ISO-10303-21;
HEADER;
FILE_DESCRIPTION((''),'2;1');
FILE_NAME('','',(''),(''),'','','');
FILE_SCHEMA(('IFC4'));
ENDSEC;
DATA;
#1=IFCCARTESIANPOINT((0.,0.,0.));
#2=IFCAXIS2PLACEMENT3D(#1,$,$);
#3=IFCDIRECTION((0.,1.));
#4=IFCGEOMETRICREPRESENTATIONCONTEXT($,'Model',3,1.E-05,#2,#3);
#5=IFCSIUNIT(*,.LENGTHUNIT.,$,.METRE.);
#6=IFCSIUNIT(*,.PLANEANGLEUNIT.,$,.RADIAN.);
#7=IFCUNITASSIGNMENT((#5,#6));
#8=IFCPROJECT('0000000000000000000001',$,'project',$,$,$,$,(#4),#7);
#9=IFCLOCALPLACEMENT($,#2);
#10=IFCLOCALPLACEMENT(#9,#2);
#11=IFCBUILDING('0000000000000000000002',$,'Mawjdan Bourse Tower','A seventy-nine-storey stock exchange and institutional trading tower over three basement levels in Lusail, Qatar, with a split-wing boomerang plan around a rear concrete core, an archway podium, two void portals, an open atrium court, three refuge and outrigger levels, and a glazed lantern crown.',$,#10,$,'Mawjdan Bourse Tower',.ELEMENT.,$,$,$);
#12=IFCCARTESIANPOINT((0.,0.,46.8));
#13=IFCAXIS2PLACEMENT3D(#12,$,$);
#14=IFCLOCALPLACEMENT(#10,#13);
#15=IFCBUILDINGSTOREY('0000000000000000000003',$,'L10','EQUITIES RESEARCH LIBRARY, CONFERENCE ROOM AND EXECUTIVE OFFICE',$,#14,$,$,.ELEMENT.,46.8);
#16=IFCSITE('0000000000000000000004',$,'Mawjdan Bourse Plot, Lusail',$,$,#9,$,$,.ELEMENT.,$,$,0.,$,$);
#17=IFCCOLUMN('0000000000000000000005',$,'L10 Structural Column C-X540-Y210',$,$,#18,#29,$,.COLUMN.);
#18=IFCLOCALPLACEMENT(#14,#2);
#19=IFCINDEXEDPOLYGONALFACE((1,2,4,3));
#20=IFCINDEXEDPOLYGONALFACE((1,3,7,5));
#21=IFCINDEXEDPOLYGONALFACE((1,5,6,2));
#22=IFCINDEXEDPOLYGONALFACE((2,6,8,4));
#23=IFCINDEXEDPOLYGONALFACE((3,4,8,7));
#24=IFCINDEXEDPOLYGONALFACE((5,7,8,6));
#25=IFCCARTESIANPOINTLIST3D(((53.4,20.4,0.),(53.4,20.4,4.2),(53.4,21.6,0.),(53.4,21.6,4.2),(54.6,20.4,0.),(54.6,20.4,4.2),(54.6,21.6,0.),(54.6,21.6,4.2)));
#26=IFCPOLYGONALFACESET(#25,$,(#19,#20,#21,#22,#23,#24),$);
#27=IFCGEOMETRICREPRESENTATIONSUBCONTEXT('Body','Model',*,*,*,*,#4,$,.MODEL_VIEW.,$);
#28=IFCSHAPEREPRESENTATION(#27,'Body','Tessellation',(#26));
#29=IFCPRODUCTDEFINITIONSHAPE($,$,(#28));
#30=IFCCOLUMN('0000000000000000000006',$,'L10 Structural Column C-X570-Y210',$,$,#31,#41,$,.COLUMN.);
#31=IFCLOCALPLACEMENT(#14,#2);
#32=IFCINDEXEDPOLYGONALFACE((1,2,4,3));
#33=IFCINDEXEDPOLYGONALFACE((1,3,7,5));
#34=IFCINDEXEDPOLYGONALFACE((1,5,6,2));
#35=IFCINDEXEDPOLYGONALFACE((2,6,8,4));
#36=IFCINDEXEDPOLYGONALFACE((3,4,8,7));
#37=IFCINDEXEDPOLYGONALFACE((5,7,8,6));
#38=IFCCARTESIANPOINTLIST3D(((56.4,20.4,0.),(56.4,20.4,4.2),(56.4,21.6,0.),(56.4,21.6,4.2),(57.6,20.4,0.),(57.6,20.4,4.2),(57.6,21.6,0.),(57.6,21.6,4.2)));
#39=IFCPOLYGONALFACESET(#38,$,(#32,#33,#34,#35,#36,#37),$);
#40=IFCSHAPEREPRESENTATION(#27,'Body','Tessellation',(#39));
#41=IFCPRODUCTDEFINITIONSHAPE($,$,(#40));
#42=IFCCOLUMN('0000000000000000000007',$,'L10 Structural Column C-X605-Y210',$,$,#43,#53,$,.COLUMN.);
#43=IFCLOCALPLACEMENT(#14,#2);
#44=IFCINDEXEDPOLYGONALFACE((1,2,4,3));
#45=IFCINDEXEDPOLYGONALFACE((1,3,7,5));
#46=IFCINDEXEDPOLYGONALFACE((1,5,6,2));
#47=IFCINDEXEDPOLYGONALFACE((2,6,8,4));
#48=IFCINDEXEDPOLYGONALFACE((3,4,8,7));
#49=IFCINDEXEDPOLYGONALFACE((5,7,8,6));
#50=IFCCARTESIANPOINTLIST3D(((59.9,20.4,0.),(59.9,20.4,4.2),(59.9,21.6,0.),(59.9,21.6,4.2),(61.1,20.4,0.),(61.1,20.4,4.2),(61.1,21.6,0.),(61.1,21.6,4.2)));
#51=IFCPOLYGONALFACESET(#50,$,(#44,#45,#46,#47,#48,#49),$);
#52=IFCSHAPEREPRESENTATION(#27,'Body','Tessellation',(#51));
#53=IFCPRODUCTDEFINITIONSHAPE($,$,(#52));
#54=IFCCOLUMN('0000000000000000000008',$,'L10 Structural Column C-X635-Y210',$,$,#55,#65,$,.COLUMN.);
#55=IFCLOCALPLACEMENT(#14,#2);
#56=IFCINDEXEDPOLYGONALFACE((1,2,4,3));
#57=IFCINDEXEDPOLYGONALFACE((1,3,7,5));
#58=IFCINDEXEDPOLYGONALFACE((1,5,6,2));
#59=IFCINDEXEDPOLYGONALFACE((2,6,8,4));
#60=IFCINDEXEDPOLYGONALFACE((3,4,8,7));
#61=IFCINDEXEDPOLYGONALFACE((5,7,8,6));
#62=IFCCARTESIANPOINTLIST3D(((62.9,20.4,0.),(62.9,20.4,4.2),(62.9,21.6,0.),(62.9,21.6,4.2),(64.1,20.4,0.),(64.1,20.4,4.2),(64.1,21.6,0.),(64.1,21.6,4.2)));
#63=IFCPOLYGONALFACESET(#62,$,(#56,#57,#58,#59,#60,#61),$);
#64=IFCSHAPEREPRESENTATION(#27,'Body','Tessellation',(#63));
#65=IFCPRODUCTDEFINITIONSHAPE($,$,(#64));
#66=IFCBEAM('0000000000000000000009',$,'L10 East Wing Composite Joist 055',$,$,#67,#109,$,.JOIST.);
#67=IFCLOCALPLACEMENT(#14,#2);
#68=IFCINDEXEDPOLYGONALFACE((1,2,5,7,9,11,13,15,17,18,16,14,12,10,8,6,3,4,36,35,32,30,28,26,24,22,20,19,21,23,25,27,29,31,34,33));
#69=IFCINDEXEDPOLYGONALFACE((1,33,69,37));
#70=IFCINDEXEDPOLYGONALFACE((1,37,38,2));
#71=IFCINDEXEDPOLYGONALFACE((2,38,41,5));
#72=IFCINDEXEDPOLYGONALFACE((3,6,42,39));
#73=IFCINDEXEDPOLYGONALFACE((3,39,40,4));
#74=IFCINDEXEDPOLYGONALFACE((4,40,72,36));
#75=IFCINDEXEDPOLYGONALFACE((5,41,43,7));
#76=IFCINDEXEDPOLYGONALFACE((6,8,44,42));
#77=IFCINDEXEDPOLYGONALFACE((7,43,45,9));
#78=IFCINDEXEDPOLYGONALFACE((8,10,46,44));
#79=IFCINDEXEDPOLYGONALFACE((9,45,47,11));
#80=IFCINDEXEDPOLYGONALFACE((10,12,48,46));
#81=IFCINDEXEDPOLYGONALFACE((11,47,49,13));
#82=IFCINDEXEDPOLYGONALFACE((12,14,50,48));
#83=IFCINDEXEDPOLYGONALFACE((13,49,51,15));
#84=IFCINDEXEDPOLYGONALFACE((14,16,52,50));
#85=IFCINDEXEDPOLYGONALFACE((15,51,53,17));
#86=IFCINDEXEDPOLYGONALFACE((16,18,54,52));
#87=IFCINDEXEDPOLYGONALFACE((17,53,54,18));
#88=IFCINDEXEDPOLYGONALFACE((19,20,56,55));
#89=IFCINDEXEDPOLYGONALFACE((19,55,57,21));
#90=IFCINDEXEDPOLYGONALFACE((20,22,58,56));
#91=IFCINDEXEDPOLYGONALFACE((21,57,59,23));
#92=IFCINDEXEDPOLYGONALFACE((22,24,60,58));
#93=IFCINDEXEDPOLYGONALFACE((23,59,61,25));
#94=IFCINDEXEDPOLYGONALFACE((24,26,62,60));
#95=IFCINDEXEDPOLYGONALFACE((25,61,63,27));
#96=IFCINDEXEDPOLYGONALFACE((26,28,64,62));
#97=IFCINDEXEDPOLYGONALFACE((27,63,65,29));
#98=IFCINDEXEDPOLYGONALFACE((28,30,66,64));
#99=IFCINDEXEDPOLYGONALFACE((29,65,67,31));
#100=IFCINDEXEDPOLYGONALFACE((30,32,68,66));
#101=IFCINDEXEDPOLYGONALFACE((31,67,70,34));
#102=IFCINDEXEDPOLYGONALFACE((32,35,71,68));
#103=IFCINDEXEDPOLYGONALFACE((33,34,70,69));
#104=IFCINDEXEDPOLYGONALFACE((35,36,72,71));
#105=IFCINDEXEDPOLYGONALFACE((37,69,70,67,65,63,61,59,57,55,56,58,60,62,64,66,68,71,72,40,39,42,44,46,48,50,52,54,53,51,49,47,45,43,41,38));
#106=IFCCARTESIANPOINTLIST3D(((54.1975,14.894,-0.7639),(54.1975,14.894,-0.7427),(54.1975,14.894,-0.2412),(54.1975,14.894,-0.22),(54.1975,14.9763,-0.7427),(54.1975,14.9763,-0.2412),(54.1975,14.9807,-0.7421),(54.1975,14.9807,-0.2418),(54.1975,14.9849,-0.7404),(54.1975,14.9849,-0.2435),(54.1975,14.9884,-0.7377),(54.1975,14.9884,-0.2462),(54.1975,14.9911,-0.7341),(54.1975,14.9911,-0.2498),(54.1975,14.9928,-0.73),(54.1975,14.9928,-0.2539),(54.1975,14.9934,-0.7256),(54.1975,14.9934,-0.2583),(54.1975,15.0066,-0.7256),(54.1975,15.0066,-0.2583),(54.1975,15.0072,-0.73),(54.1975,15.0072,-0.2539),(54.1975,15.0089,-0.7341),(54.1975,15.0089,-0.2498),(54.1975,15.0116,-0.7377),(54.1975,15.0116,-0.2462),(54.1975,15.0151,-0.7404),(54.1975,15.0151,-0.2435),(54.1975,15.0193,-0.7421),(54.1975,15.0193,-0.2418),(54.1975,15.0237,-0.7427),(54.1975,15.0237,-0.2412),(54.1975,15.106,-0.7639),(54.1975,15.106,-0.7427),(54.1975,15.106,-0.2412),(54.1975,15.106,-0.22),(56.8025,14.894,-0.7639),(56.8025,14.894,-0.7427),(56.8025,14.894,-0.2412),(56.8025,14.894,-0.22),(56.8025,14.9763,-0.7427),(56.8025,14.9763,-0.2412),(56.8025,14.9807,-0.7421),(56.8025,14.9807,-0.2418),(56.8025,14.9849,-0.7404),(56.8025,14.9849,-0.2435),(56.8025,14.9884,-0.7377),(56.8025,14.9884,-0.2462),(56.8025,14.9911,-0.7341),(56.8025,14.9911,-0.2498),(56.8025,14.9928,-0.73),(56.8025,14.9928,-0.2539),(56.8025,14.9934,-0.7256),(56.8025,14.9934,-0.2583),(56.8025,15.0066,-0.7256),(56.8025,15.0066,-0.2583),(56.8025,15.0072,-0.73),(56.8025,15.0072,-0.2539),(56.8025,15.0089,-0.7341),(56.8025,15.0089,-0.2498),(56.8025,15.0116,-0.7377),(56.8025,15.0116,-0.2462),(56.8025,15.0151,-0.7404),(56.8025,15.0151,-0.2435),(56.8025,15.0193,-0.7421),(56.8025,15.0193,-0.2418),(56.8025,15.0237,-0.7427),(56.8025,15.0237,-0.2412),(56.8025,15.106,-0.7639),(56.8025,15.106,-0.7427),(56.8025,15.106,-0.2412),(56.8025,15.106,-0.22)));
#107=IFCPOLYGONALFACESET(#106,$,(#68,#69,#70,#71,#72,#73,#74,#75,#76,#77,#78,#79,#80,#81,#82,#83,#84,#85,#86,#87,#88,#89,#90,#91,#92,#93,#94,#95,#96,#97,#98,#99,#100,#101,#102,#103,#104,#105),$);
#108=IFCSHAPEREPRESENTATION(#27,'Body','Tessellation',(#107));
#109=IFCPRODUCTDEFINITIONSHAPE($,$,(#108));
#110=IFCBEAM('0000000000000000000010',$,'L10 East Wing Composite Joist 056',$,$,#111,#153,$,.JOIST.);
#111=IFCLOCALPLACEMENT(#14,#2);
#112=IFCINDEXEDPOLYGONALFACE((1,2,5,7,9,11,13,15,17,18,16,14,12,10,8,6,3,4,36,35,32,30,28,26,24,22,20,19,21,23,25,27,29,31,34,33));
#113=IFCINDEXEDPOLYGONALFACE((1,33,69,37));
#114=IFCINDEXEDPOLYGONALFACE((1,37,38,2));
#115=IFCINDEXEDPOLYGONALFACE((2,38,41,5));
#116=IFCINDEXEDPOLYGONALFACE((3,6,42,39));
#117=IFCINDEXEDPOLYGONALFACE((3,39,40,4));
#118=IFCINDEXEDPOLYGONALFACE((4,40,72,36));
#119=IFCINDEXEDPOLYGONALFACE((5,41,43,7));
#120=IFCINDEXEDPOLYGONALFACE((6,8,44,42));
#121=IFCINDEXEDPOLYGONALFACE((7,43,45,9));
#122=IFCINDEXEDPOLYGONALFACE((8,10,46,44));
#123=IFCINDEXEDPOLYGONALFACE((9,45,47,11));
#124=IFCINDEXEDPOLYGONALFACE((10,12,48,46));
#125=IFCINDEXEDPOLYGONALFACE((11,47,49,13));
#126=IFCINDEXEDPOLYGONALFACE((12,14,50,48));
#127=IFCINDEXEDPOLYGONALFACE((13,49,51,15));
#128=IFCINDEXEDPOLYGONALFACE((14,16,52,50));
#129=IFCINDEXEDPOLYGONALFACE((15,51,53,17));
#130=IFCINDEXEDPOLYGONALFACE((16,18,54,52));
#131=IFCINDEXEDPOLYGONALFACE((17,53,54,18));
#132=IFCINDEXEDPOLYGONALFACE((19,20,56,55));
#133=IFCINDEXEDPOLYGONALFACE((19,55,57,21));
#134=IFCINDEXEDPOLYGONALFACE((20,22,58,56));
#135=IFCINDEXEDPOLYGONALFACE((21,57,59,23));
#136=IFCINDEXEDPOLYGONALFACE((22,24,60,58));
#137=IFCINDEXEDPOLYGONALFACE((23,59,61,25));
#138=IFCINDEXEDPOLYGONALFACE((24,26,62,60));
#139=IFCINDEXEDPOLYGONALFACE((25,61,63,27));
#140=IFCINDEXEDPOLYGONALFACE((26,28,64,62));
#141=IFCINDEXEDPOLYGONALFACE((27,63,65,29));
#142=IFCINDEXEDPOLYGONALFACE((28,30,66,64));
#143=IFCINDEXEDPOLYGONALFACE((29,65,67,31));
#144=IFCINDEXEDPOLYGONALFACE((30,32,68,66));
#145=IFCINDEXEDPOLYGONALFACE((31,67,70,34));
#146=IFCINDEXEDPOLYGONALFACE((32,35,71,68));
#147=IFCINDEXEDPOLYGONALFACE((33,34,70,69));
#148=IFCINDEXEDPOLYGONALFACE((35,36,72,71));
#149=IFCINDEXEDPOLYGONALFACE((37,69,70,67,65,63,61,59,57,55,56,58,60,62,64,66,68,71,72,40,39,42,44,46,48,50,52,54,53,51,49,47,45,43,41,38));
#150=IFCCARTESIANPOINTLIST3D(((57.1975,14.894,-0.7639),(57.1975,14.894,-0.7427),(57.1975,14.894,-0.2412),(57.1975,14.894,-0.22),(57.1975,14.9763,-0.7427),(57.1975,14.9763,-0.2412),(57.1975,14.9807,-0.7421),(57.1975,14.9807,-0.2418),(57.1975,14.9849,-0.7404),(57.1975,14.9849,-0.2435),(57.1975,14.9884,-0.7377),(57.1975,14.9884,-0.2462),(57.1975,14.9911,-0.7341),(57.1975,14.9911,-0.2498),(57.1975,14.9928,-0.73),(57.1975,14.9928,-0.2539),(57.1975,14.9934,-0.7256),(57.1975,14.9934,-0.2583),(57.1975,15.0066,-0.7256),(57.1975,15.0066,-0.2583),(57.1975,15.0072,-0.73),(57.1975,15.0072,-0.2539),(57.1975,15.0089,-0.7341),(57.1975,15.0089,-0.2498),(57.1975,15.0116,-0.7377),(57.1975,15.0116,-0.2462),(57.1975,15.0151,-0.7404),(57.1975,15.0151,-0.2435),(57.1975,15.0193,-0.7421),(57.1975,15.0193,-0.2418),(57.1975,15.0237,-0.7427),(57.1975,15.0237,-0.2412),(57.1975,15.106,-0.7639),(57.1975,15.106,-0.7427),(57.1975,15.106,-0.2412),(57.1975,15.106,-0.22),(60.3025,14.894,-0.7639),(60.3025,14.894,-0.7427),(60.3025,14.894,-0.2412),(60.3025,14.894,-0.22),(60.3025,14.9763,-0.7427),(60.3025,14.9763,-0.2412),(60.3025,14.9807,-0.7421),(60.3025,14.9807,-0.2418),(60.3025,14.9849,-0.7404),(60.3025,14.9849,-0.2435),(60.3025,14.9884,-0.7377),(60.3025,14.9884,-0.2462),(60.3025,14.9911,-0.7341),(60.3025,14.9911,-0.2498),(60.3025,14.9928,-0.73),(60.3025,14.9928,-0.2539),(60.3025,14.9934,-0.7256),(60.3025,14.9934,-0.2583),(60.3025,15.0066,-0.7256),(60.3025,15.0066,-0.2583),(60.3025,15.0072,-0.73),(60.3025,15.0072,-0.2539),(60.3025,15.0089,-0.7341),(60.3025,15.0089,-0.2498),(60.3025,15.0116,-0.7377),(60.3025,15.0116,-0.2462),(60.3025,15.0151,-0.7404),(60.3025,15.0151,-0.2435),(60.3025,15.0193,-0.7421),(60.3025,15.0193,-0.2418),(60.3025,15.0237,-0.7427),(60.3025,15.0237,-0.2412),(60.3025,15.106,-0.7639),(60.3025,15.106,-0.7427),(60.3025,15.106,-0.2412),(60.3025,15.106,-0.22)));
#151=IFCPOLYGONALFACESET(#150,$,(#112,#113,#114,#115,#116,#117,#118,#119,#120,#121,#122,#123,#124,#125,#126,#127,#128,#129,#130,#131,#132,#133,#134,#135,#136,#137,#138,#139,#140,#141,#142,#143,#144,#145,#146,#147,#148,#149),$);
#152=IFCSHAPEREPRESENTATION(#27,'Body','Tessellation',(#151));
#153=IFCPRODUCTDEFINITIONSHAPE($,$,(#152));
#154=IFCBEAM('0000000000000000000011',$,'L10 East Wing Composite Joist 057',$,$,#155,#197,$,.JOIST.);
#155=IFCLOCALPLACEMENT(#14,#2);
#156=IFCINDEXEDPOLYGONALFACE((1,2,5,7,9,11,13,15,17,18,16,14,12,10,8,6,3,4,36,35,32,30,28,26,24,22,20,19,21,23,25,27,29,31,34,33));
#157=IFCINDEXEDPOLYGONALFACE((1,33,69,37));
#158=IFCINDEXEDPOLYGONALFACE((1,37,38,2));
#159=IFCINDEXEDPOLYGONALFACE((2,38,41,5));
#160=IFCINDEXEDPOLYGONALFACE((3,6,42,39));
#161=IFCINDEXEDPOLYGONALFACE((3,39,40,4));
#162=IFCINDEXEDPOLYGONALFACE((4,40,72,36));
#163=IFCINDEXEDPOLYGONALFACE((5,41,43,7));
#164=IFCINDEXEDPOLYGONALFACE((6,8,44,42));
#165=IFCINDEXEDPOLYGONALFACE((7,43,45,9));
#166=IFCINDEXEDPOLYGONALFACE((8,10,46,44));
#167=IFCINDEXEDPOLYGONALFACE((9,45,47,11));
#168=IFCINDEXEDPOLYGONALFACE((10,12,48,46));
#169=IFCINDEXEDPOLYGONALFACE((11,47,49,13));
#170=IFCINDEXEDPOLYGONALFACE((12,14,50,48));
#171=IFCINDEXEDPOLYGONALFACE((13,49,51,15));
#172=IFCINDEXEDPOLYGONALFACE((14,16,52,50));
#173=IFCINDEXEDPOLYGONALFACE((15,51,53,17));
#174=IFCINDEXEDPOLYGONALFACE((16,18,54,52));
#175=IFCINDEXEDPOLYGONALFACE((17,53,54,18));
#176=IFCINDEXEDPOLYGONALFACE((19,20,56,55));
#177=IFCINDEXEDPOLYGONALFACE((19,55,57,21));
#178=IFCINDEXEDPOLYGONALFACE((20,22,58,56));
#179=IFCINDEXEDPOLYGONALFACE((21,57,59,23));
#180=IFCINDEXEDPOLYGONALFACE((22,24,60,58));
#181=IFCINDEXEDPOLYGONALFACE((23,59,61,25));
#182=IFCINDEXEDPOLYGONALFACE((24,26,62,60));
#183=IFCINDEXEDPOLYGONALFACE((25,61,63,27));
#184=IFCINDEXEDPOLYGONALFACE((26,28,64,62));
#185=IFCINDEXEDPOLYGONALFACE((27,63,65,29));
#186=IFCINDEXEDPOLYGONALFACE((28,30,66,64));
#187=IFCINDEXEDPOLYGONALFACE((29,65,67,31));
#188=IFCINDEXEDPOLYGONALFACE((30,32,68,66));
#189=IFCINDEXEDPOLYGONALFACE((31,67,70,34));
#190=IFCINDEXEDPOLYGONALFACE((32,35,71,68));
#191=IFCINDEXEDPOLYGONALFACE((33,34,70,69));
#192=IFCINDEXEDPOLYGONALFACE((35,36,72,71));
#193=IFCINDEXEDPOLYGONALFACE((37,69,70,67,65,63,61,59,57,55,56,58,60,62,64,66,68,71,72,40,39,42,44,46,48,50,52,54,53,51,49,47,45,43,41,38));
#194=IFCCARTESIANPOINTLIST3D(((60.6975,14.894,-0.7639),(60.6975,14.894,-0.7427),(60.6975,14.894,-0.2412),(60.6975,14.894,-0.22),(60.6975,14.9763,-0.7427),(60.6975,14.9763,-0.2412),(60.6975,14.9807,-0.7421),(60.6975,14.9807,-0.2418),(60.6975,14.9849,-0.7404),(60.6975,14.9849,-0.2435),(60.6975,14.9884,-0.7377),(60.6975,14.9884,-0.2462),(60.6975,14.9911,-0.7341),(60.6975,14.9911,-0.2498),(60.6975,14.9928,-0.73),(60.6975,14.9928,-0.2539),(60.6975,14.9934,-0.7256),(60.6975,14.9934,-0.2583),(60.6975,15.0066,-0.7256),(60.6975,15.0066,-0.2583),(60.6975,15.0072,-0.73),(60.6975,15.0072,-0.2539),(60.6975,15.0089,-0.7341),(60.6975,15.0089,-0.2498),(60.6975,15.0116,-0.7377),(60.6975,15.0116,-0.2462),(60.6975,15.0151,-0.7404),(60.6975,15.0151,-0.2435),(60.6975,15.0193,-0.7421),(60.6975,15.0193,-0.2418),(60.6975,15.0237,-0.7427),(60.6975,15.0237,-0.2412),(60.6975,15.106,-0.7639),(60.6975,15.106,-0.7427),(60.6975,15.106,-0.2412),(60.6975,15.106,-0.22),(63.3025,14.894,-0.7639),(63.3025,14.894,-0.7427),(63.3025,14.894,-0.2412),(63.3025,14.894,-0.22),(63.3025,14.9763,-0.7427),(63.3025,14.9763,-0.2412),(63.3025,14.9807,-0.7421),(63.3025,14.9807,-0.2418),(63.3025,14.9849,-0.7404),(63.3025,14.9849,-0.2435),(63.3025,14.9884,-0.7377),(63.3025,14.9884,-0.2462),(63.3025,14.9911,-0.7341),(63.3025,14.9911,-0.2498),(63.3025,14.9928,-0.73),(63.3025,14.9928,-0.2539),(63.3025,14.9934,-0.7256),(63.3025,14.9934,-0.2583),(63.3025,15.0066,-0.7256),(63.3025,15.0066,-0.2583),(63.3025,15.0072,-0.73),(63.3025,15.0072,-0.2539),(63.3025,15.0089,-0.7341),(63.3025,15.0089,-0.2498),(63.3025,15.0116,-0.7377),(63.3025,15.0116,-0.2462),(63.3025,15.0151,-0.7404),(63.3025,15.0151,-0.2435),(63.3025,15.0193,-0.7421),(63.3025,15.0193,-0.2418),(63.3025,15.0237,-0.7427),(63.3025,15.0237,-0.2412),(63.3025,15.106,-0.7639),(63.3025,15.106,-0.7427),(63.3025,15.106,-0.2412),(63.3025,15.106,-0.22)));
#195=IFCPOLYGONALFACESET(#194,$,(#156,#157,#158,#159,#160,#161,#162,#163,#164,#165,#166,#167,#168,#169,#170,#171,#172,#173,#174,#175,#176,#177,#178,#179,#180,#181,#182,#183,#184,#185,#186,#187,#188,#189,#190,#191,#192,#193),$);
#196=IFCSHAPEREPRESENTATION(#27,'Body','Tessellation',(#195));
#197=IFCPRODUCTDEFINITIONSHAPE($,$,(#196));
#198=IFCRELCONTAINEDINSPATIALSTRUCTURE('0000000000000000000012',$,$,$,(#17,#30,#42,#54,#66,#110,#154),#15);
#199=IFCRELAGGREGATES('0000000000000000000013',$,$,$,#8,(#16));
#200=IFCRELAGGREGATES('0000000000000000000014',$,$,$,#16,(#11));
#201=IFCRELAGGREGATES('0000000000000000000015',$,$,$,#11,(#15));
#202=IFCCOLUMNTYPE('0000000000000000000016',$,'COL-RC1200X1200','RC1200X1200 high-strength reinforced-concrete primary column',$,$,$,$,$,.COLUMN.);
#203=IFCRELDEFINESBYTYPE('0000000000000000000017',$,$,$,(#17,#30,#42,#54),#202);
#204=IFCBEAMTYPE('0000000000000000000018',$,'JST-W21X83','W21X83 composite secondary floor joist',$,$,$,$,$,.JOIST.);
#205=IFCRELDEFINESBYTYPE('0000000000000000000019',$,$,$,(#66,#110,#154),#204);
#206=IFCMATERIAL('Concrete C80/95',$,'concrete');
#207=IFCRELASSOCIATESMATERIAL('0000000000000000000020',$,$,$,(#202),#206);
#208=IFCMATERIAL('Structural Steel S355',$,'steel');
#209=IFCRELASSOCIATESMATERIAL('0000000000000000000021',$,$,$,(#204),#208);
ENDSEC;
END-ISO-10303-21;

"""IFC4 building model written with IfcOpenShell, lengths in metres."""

from ifc_helpers import new_model, si_unit, direction, frame, origin, origin_2d, place, context, subcontext, project, spatial, rectangle, i_section, extrude, material, material_profile, profile_set, type_object, element, save


model = new_model("IFC4")

# Units and contexts
model_context = context("Model", 3, precision=1e-05, world=origin(), true_north=direction((0.0, 1.0)))
body_context = subcontext(model_context, "Body", "Model", "MODEL_VIEW")
ifc_project = project(units=[si_unit("LENGTHUNIT", "METRE"), si_unit("PLANEANGLEUNIT", "RADIAN")], contexts=[model_context])

# Site, building, storey
site_placement = place(None, origin())
site = spatial("IfcSite", under=ifc_project, at=site_placement, Name="Mawjdan Bourse Plot, Lusail", CompositionType="ELEMENT", RefElevation=0.0)
building_placement = place(site_placement, origin())
building = spatial("IfcBuilding", under=site, at=building_placement, Name="Mawjdan Bourse Tower", Description="A seventy-nine-storey stock exchange and institutional trading tower over three basement levels in Lusail, Qatar, with a split-wing boomerang plan around a rear concrete core, an archway podium, two void portals, an open atrium court, three refuge and outrigger levels, and a glazed lantern crown.", LongName="Mawjdan Bourse Tower", CompositionType="ELEMENT")
storey_placement = place(building_placement, frame((0.0, 0.0, 46.8)))
storey = spatial("IfcBuildingStorey", under=building, at=storey_placement, Name="L10", Description="EQUITIES RESEARCH LIBRARY, CONFERENCE ROOM AND EXECUTIVE OFFICE", CompositionType="ELEMENT", Elevation=46.8)

# Columns
ifc_material_1 = material(Name="Concrete C80/95", Category="concrete")
ifc_material_profile_1 = material_profile(ifc_material_1, rectangle(XDim=1.2, YDim=1.2, at=origin_2d()), Name="RC1200X1200")
ifc_profile_set_1 = profile_set([ifc_material_profile_1], Name="Concrete C80/95")
column_type = type_object("IfcColumnType", Name="COL-RC1200X1200", Description="RC1200X1200 high-strength reinforced-concrete primary column", PredefinedType="COLUMN", material=ifc_profile_set_1)
for number, where, z_axis, x_axis, name in (
    (1, (54.0, 21.0, 0.0), (0.0, 0.0, 1.0), (1.0, 0.0, 0.0), "L10 Structural Column C-X540-Y210"),
    (2, (57.0, 21.0, 0.0), (0.0, 0.0, 1.0), (1.0, 0.0, 0.0), "L10 Structural Column C-X570-Y210"),
    (3, (60.5, 21.0, 0.0), (0.0, 0.0, 1.0), (1.0, 0.0, 0.0), "L10 Structural Column C-X605-Y210"),
    (4, (63.5, 21.0, 0.0), (0.0, 0.0, 1.0), (1.0, 0.0, 0.0), "L10 Structural Column C-X635-Y210"),
):
    element("IfcColumn", number, at=place(storey_placement, frame(where, z_axis=z_axis, x_axis=x_axis)), inside=storey, type_object=column_type, Name=name, PredefinedType="COLUMN", context=body_context, shape_type="SweptSolid", body=[
        extrude(rectangle(XDim=1.2, YDim=1.2, at=origin_2d()), origin(), (0.0, 0.0, 1.0), 4.2),
    ])

# Beams
ifc_material_2 = material(Name="Structural Steel S355", Category="steel")
ifc_material_profile_2 = material_profile(ifc_material_2, i_section(OverallWidth=0.2119, OverallDepth=0.5439, WebThickness=0.0132, FlangeThickness=0.0212, FilletRadius=0.0171, at=origin_2d()), Name="W21X83")
ifc_profile_set_2 = profile_set([ifc_material_profile_2], Name="Structural Steel S355")
beam_type_1 = type_object("IfcBeamType", Name="JST-W21X83", Description="W21X83 composite secondary floor joist", PredefinedType="JOIST", material=ifc_profile_set_2)
beam_1_placement = place(storey_placement, frame((54.1975, 15.0, -0.4919), z_axis=(1.0, 0.0, 0.0), x_axis=(0.0, 1.0, 0.0)))
element("IfcBeam", 5, at=beam_1_placement, inside=storey, type_object=beam_type_1, Name="L10 East Wing Composite Joist 055", PredefinedType="JOIST", context=body_context, shape_type="SweptSolid", body=[
    extrude(i_section(OverallWidth=0.2119, OverallDepth=0.5439, WebThickness=0.0132, FlangeThickness=0.0212, FilletRadius=0.0171, at=origin_2d()), origin(), (0.0, 0.0, 1.0), 2.605),
])
beam_2_placement = place(storey_placement, frame((57.1975, 15.0, -0.4919), z_axis=(1.0, 0.0, 0.0), x_axis=(0.0, 1.0, 0.0)))
element("IfcBeam", 6, at=beam_2_placement, inside=storey, type_object=beam_type_1, Name="L10 East Wing Composite Joist 056", PredefinedType="JOIST", context=body_context, shape_type="SweptSolid", body=[
    extrude(i_section(OverallWidth=0.2119, OverallDepth=0.5439, WebThickness=0.0132, FlangeThickness=0.0212, FilletRadius=0.0171, at=origin_2d()), origin(), (0.0, 0.0, 1.0), 3.105),
])
for number, where, z_axis, x_axis, name in (
    (7, (60.6975, 15.0, -0.4919), (1.0, 0.0, 0.0), (0.0, 1.0, 0.0), "L10 East Wing Composite Joist 057"),
):
    element("IfcBeam", number, at=place(storey_placement, frame(where, z_axis=z_axis, x_axis=x_axis)), inside=storey, type_object=beam_type_1, Name=name, PredefinedType="JOIST", context=body_context, shape_type="SweptSolid", body=[
        extrude(i_section(OverallWidth=0.2119, OverallDepth=0.5439, WebThickness=0.0132, FlangeThickness=0.0212, FilletRadius=0.0171, at=origin_2d()), origin(), (0.0, 0.0, 1.0), 2.605),
    ])

save(model, "model.ifc")
